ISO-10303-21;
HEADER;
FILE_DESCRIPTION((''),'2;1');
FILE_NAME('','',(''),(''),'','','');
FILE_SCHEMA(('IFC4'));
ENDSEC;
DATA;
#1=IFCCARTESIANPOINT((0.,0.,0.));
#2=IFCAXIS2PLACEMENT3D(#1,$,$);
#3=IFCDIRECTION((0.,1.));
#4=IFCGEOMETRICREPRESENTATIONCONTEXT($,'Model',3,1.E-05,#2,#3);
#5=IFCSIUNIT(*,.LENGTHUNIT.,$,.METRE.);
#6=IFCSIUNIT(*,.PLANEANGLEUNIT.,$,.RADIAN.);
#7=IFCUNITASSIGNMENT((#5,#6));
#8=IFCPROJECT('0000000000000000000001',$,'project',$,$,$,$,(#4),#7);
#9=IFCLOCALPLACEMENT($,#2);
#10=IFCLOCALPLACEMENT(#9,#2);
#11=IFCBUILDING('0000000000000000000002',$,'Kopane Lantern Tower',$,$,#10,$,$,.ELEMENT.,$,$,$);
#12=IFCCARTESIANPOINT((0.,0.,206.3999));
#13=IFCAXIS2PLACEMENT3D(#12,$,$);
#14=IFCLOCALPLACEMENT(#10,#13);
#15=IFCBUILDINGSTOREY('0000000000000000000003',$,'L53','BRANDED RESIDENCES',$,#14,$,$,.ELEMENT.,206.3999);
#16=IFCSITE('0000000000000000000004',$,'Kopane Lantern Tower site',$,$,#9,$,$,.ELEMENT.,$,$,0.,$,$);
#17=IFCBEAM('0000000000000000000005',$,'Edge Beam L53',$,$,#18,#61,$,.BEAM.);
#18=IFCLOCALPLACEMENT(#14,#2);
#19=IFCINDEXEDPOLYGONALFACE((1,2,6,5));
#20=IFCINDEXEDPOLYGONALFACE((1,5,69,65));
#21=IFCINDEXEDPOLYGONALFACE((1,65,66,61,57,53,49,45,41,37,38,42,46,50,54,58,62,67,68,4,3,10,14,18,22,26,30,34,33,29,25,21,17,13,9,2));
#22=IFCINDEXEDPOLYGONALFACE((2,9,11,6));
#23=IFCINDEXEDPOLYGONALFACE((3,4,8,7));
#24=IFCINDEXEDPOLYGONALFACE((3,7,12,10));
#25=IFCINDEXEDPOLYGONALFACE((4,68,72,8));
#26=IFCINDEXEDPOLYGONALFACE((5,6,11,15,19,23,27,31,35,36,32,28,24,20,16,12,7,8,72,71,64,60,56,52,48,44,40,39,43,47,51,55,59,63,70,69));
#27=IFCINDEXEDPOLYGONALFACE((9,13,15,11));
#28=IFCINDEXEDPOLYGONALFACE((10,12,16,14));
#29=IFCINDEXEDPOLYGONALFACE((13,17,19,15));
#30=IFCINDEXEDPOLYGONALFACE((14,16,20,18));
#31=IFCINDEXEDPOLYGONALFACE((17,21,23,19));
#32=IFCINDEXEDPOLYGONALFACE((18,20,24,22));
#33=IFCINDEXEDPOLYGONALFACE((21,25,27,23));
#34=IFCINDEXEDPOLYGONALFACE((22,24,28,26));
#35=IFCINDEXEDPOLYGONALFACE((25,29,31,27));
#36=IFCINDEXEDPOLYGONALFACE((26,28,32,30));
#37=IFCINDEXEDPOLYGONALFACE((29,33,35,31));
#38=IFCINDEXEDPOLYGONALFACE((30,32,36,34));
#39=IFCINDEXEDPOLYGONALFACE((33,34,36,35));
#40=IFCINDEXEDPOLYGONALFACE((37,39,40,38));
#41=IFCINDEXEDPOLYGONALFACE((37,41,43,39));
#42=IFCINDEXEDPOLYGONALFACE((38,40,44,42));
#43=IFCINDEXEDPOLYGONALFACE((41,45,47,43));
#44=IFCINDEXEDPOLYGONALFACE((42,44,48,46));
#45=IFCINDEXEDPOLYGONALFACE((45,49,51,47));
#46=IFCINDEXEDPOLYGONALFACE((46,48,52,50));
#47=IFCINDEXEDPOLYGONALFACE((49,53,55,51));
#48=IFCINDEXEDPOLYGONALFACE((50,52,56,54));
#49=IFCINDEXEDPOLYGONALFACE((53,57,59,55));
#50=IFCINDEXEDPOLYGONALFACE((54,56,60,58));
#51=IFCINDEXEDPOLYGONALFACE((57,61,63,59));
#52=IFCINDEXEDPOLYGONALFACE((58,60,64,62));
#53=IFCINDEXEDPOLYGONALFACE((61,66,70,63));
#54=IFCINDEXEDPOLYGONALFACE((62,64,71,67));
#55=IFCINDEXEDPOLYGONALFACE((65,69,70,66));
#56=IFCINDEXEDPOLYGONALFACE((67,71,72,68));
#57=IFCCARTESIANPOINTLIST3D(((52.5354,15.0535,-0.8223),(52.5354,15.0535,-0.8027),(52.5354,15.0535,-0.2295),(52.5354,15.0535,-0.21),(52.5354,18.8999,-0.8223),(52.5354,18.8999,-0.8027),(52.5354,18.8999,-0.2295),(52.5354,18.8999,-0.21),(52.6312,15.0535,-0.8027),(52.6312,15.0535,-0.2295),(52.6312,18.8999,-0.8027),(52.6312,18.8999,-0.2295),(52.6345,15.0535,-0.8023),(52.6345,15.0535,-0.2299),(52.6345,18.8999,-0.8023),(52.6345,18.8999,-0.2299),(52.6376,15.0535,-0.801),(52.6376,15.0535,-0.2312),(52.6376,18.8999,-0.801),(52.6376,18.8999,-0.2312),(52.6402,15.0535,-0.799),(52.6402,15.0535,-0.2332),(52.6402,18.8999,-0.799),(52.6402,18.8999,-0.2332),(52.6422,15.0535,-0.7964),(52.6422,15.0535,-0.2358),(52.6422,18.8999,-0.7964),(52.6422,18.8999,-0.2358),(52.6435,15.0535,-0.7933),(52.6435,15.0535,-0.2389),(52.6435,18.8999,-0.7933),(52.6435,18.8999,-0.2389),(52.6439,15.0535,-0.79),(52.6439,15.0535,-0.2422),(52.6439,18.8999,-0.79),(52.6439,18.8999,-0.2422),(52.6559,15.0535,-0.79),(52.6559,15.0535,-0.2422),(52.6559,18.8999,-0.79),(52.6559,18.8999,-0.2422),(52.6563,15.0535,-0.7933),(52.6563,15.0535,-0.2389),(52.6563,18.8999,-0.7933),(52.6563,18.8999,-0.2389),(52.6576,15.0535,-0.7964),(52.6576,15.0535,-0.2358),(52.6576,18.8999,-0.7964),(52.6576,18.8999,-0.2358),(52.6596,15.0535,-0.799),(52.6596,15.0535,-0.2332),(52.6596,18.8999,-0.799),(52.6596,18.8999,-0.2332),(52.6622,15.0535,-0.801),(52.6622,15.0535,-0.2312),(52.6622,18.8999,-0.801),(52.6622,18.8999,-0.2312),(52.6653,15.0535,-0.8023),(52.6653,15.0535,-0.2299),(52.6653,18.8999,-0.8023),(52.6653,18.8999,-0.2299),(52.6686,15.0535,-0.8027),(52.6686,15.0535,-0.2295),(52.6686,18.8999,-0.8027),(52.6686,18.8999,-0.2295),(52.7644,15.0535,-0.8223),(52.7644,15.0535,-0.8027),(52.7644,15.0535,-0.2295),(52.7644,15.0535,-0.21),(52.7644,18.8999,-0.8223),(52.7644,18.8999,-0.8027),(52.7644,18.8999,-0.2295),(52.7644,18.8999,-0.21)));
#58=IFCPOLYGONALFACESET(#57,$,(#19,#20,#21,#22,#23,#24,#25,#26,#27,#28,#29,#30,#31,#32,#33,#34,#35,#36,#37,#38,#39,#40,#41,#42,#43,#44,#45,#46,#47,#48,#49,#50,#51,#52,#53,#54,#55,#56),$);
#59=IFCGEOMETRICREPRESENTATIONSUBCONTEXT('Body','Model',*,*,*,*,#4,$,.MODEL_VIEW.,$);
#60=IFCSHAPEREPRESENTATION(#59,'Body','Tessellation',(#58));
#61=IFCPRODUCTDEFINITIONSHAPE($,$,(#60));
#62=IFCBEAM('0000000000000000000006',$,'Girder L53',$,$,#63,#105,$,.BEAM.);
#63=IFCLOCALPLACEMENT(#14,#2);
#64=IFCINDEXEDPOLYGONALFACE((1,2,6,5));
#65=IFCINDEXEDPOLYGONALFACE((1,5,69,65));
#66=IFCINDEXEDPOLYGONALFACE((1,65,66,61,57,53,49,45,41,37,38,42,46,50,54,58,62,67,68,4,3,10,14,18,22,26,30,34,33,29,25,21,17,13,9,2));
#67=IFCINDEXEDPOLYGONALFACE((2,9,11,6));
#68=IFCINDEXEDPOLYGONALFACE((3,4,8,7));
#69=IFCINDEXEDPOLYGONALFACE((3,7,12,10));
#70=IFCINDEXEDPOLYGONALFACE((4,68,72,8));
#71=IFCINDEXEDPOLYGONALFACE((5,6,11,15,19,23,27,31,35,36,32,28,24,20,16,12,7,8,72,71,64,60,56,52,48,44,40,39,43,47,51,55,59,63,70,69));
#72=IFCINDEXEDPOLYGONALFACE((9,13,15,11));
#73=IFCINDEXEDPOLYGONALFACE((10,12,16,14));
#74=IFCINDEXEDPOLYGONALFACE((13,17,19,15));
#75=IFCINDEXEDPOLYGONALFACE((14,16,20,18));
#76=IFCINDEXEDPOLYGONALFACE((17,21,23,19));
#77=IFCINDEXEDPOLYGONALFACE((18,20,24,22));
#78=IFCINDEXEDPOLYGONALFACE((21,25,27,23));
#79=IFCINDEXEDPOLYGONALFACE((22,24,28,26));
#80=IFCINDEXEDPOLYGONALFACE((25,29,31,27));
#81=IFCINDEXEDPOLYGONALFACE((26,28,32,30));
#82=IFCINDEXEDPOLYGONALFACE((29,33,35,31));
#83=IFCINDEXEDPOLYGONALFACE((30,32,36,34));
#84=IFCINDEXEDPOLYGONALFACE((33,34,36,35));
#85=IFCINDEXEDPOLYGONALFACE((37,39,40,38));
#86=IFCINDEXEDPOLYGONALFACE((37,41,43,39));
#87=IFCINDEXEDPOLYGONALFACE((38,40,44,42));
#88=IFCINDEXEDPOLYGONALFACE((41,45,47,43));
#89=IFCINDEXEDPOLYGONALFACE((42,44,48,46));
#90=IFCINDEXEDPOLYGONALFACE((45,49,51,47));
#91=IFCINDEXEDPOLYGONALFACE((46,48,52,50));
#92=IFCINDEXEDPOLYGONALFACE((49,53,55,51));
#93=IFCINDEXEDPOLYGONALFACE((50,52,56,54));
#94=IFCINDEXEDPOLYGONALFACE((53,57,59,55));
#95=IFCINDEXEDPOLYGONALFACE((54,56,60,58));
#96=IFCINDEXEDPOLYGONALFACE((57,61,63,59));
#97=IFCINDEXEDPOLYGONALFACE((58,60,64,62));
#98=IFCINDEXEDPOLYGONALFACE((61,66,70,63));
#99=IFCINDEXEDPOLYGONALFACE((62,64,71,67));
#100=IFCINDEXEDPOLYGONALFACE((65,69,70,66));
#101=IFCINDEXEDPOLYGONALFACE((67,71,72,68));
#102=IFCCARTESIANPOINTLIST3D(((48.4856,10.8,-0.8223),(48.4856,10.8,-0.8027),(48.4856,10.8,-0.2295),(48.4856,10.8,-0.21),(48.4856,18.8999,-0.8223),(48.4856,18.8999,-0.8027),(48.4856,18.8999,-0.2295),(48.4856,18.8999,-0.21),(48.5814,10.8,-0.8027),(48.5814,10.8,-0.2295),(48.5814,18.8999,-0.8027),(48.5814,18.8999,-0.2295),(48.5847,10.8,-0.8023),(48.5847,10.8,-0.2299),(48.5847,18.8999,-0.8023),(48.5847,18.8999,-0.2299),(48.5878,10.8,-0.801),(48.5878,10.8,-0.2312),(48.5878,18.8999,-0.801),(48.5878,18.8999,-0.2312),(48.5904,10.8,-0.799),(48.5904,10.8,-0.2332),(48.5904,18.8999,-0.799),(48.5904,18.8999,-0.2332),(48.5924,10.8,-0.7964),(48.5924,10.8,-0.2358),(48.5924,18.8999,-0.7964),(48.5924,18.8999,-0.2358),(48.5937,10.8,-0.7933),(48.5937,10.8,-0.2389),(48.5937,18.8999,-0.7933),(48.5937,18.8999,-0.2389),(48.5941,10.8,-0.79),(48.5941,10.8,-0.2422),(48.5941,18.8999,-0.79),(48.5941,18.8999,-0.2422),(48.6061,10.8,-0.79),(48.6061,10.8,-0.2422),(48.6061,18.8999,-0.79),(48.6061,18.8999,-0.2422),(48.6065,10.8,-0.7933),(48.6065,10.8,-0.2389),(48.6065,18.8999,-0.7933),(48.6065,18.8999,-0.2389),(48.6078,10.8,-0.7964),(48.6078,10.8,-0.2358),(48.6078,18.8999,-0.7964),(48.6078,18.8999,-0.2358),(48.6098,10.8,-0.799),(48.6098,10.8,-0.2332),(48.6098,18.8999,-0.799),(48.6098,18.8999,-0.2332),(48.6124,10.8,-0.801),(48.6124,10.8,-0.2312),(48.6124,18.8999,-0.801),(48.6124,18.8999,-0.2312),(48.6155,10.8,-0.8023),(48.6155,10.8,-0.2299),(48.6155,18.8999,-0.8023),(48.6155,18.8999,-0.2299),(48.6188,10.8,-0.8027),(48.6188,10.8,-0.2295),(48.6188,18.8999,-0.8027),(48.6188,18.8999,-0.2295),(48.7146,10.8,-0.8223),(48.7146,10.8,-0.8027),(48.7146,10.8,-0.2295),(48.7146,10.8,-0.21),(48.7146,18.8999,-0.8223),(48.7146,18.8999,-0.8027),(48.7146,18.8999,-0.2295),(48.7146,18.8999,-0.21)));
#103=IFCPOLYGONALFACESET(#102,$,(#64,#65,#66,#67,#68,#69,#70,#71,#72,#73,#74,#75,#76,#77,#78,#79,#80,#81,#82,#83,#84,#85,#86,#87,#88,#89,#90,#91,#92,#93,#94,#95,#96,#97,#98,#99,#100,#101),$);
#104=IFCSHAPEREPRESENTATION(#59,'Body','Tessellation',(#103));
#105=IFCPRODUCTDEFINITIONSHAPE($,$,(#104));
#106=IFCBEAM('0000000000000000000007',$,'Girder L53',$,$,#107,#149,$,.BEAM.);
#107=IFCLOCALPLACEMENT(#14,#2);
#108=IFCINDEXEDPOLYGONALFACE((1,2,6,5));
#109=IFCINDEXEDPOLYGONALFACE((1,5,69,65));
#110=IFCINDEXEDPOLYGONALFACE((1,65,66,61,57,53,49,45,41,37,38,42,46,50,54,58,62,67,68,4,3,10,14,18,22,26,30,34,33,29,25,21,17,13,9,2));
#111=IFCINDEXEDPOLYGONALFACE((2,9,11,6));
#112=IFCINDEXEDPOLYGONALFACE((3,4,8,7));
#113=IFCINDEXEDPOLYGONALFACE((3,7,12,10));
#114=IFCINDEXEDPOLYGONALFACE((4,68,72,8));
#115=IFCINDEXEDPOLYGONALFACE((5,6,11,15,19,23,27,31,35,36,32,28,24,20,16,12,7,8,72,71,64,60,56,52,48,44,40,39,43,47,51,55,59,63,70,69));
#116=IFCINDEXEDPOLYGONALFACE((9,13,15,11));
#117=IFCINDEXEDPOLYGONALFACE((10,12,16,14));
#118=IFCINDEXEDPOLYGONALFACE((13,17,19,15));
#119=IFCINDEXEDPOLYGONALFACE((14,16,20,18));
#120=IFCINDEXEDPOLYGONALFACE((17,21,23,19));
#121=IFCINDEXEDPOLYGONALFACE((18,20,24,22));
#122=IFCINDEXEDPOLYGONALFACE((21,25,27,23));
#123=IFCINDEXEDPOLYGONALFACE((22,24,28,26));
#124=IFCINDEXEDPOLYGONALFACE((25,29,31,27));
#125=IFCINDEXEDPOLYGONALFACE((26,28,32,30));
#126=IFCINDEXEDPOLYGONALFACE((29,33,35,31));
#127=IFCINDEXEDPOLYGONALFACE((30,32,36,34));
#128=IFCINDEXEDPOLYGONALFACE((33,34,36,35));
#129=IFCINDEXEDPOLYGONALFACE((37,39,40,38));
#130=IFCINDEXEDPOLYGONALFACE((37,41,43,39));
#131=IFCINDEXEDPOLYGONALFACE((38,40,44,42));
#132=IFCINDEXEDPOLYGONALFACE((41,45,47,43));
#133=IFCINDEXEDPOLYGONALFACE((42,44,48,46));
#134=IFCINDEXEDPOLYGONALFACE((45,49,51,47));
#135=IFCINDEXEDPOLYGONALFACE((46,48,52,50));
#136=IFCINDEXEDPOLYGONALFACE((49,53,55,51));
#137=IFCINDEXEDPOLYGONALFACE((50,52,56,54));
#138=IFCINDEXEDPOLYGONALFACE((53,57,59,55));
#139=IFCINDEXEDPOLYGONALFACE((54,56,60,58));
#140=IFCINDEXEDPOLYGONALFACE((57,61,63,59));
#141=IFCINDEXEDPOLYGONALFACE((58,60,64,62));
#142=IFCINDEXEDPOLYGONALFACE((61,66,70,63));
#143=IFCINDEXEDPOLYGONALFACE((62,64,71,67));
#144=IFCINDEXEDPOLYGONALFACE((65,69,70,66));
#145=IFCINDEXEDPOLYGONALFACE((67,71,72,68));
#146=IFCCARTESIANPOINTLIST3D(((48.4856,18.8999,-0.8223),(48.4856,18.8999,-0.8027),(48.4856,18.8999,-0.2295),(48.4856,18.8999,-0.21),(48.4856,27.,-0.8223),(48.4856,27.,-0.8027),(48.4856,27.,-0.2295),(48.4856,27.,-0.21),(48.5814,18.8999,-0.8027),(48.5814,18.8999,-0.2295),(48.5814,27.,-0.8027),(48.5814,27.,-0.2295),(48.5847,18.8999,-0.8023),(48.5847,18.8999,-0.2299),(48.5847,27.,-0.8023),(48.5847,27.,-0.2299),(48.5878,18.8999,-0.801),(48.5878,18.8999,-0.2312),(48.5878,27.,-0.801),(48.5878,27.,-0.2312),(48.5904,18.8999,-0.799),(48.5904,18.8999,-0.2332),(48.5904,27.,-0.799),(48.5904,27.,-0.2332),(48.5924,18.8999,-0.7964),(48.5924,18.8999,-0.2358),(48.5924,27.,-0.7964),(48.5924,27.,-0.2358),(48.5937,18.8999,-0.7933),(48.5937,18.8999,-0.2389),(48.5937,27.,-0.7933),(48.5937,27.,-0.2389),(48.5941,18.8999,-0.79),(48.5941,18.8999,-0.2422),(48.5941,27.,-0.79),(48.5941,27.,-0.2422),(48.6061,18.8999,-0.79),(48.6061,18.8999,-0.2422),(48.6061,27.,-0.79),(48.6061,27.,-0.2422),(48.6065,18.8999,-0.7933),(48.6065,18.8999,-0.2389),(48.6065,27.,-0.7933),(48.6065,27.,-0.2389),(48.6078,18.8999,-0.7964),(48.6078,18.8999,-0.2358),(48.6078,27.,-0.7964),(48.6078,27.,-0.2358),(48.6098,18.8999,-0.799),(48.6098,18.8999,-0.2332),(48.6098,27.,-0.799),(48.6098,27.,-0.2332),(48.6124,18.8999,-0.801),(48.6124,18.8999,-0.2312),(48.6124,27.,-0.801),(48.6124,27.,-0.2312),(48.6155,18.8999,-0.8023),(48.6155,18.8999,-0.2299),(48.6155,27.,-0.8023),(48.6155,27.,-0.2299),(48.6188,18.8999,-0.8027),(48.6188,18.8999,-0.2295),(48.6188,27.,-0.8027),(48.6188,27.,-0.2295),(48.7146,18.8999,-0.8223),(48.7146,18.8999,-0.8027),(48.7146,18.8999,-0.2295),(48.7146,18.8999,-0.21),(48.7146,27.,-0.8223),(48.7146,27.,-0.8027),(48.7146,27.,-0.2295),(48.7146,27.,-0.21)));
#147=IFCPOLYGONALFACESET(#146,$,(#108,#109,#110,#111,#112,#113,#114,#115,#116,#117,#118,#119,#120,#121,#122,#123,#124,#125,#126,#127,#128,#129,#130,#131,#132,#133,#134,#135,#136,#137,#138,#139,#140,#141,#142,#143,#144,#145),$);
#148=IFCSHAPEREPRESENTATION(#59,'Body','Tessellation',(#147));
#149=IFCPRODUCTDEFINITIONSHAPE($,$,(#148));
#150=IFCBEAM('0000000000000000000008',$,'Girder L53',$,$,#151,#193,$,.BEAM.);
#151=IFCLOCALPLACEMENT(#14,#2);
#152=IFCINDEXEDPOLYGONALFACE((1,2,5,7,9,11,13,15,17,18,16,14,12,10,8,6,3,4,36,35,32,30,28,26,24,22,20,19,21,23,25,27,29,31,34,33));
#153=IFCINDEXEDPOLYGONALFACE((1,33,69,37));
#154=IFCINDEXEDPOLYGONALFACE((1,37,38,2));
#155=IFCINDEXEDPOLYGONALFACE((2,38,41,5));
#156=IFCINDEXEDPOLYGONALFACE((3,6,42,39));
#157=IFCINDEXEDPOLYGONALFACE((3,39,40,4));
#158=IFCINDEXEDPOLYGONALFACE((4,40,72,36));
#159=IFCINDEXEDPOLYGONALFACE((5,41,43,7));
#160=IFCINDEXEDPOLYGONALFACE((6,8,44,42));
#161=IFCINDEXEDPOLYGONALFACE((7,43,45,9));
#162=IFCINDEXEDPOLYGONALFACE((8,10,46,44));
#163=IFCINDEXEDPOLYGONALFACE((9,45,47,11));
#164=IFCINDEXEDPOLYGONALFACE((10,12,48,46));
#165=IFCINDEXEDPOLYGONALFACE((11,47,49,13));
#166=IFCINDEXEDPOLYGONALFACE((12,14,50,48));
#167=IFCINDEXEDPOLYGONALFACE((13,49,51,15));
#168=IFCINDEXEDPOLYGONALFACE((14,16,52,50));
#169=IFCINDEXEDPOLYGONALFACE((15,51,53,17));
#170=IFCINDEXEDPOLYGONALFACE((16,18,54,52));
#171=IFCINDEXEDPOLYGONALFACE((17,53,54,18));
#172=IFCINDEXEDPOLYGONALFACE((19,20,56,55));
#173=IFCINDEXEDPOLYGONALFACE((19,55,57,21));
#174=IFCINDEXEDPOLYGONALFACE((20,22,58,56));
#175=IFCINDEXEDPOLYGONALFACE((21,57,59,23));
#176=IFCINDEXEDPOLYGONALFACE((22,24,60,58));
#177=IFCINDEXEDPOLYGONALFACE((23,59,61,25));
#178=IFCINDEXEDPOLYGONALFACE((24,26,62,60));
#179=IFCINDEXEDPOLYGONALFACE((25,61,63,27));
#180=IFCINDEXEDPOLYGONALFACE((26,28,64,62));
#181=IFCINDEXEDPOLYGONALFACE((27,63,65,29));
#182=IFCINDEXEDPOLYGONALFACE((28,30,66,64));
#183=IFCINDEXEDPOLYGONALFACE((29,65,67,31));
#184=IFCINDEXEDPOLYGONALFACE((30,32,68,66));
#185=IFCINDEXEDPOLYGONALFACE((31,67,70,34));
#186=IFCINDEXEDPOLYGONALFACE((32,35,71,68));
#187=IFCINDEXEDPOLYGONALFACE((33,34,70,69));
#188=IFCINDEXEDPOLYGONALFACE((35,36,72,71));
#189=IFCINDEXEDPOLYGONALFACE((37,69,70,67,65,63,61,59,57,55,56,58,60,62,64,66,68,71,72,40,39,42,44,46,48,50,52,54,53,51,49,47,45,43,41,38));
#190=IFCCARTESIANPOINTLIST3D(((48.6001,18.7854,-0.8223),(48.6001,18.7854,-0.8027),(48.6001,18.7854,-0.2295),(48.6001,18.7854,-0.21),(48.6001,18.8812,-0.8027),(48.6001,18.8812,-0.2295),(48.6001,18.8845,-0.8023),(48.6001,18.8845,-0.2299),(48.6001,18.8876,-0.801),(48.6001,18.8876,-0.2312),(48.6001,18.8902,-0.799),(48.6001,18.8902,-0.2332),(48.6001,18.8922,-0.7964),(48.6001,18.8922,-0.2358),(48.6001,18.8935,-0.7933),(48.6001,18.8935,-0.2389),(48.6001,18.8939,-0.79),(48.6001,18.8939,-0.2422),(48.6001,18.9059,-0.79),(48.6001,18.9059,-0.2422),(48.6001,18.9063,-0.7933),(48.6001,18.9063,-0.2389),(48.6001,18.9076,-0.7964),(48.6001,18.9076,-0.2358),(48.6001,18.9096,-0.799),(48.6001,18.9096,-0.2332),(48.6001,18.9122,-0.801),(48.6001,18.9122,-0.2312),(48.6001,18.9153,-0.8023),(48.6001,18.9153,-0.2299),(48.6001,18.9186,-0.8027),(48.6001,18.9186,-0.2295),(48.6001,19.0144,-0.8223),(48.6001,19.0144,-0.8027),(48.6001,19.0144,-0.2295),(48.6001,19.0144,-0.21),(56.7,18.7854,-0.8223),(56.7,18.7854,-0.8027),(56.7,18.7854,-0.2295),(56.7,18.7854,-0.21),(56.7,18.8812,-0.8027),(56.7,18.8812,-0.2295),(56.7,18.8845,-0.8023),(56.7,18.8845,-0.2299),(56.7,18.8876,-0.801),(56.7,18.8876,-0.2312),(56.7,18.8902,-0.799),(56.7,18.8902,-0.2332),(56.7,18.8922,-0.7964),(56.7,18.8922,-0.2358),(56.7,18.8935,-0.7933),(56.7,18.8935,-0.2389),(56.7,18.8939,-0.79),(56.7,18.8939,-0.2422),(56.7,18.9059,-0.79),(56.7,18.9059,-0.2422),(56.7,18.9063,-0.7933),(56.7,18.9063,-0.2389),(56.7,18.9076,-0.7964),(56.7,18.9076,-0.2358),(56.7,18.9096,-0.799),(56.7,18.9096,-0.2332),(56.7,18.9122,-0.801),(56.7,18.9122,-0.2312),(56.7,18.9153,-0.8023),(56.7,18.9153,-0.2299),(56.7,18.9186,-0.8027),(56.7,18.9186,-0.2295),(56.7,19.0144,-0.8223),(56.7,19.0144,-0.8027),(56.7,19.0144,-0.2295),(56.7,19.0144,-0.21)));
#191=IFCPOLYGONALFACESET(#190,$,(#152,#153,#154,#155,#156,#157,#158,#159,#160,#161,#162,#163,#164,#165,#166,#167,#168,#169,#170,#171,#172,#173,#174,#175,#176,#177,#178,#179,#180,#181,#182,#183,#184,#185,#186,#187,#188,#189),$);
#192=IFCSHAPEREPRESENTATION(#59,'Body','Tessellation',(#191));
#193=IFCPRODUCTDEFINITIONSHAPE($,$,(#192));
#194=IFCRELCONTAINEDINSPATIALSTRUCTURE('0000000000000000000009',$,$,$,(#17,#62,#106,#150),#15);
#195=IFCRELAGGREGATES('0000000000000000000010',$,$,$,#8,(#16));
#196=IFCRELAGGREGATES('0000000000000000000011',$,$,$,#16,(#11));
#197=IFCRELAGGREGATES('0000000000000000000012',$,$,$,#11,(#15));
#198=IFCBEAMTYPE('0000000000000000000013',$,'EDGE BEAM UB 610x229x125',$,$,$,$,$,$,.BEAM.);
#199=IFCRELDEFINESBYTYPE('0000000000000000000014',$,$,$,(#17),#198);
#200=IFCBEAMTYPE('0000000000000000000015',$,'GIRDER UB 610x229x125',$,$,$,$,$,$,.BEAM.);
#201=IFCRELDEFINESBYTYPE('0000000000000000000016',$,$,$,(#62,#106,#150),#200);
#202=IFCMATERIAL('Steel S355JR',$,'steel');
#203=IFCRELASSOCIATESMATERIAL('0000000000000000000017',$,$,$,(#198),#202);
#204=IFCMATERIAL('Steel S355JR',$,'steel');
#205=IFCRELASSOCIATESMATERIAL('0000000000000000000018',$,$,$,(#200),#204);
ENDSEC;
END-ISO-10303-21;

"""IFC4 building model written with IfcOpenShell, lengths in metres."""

from ifc_helpers import new_model, si_unit, direction, frame, origin, origin_2d, place, context, subcontext, project, spatial, i_section, extrude, material, material_profile, profile_set, type_object, element, save


model = new_model("IFC4")

# Units and contexts
model_context = context("Model", 3, precision=1e-05, world=origin(), true_north=direction((0.0, 1.0)))
body_context = subcontext(model_context, "Body", "Model", "MODEL_VIEW")
ifc_project = project(units=[si_unit("LENGTHUNIT", "METRE"), si_unit("PLANEANGLEUNIT", "RADIAN")], contexts=[model_context])

# Site, building, storey
site_placement = place(None, origin())
site = spatial("IfcSite", under=ifc_project, at=site_placement, Name="Kopane Lantern Tower site", CompositionType="ELEMENT", RefElevation=0.0)
building_placement = place(site_placement, origin())
building = spatial("IfcBuilding", under=site, at=building_placement, Name="Kopane Lantern Tower", CompositionType="ELEMENT")
storey_placement = place(building_placement, frame((0.0, 0.0, 206.3999)))
storey = spatial("IfcBuildingStorey", under=building, at=storey_placement, Name="L53", Description="BRANDED RESIDENCES", CompositionType="ELEMENT", Elevation=206.3999)

# Beams
ifc_material_1 = material(Name="Steel S355JR", Category="steel")
ifc_material_profile_1 = material_profile(ifc_material_1, i_section(OverallWidth=0.229, OverallDepth=0.6123, WebThickness=0.012, FlangeThickness=0.0195, FilletRadius=0.0127, at=origin_2d()), Name="UB 610x229x125")
ifc_profile_set_1 = profile_set([ifc_material_profile_1], Name="Steel S355JR")
beam_type_1 = type_object("IfcBeamType", Name="EDGE BEAM UB 610x229x125", PredefinedType="BEAM", material=ifc_profile_set_1)
for number, where, z_axis, x_axis, name in (
    (1, (52.6499, 15.0535, -0.5161), (0.0, 1.0, 0.0), (-1.0, 0.0, 0.0), "Edge Beam L53"),
):
    element("IfcBeam", number, at=place(storey_placement, frame(where, z_axis=z_axis, x_axis=x_axis)), inside=storey, type_object=beam_type_1, Name=name, PredefinedType="BEAM", context=body_context, shape_type="SweptSolid", body=[
        extrude(i_section(OverallWidth=0.229, OverallDepth=0.6123, WebThickness=0.012, FlangeThickness=0.0195, FilletRadius=0.0127, at=origin_2d()), origin(), (0.0, 0.0, 1.0), 3.8464),
    ])
ifc_material_2 = material(Name="Steel S355JR", Category="steel")
ifc_material_profile_2 = material_profile(ifc_material_2, i_section(OverallWidth=0.229, OverallDepth=0.6123, WebThickness=0.012, FlangeThickness=0.0195, FilletRadius=0.0127, at=origin_2d()), Name="UB 610x229x125")
ifc_profile_set_2 = profile_set([ifc_material_profile_2], Name="Steel S355JR")
beam_type_2 = type_object("IfcBeamType", Name="GIRDER UB 610x229x125", PredefinedType="BEAM", material=ifc_profile_set_2)
beam_1_placement = place(storey_placement, frame((48.6001, 10.8, -0.5161), z_axis=(0.0, 1.0, 0.0), x_axis=(-1.0, 0.0, 0.0)))
element("IfcBeam", 2, at=beam_1_placement, inside=storey, type_object=beam_type_2, Name="Girder L53", PredefinedType="BEAM", context=body_context, shape_type="SweptSolid", body=[
    extrude(i_section(OverallWidth=0.229, OverallDepth=0.6123, WebThickness=0.012, FlangeThickness=0.0195, FilletRadius=0.0127, at=origin_2d()), origin(), (0.0, 0.0, 1.0), 8.0999),
])
beam_2_placement = place(storey_placement, frame((48.6001, 18.8999, -0.5161), z_axis=(0.0, 1.0, 0.0), x_axis=(-1.0, 0.0, 0.0)))
element("IfcBeam", 3, at=beam_2_placement, inside=storey, type_object=beam_type_2, Name="Girder L53", PredefinedType="BEAM", context=body_context, shape_type="SweptSolid", body=[
    extrude(i_section(OverallWidth=0.229, OverallDepth=0.6123, WebThickness=0.012, FlangeThickness=0.0195, FilletRadius=0.0127, at=origin_2d()), origin(), (0.0, 0.0, 1.0), 8.1001),
])
beam_3_placement = place(storey_placement, frame((48.6001, 18.8999, -0.5161), z_axis=(1.0, 0.0, 0.0), x_axis=(0.0, 1.0, 0.0)))
element("IfcBeam", 4, at=beam_3_placement, inside=storey, type_object=beam_type_2, Name="Girder L53", PredefinedType="BEAM", context=body_context, shape_type="SweptSolid", body=[
    extrude(i_section(OverallWidth=0.229, OverallDepth=0.6123, WebThickness=0.012, FlangeThickness=0.0195, FilletRadius=0.0127, at=origin_2d()), origin(), (0.0, 0.0, 1.0), 8.0999),
])

save(model, "model.ifc")
